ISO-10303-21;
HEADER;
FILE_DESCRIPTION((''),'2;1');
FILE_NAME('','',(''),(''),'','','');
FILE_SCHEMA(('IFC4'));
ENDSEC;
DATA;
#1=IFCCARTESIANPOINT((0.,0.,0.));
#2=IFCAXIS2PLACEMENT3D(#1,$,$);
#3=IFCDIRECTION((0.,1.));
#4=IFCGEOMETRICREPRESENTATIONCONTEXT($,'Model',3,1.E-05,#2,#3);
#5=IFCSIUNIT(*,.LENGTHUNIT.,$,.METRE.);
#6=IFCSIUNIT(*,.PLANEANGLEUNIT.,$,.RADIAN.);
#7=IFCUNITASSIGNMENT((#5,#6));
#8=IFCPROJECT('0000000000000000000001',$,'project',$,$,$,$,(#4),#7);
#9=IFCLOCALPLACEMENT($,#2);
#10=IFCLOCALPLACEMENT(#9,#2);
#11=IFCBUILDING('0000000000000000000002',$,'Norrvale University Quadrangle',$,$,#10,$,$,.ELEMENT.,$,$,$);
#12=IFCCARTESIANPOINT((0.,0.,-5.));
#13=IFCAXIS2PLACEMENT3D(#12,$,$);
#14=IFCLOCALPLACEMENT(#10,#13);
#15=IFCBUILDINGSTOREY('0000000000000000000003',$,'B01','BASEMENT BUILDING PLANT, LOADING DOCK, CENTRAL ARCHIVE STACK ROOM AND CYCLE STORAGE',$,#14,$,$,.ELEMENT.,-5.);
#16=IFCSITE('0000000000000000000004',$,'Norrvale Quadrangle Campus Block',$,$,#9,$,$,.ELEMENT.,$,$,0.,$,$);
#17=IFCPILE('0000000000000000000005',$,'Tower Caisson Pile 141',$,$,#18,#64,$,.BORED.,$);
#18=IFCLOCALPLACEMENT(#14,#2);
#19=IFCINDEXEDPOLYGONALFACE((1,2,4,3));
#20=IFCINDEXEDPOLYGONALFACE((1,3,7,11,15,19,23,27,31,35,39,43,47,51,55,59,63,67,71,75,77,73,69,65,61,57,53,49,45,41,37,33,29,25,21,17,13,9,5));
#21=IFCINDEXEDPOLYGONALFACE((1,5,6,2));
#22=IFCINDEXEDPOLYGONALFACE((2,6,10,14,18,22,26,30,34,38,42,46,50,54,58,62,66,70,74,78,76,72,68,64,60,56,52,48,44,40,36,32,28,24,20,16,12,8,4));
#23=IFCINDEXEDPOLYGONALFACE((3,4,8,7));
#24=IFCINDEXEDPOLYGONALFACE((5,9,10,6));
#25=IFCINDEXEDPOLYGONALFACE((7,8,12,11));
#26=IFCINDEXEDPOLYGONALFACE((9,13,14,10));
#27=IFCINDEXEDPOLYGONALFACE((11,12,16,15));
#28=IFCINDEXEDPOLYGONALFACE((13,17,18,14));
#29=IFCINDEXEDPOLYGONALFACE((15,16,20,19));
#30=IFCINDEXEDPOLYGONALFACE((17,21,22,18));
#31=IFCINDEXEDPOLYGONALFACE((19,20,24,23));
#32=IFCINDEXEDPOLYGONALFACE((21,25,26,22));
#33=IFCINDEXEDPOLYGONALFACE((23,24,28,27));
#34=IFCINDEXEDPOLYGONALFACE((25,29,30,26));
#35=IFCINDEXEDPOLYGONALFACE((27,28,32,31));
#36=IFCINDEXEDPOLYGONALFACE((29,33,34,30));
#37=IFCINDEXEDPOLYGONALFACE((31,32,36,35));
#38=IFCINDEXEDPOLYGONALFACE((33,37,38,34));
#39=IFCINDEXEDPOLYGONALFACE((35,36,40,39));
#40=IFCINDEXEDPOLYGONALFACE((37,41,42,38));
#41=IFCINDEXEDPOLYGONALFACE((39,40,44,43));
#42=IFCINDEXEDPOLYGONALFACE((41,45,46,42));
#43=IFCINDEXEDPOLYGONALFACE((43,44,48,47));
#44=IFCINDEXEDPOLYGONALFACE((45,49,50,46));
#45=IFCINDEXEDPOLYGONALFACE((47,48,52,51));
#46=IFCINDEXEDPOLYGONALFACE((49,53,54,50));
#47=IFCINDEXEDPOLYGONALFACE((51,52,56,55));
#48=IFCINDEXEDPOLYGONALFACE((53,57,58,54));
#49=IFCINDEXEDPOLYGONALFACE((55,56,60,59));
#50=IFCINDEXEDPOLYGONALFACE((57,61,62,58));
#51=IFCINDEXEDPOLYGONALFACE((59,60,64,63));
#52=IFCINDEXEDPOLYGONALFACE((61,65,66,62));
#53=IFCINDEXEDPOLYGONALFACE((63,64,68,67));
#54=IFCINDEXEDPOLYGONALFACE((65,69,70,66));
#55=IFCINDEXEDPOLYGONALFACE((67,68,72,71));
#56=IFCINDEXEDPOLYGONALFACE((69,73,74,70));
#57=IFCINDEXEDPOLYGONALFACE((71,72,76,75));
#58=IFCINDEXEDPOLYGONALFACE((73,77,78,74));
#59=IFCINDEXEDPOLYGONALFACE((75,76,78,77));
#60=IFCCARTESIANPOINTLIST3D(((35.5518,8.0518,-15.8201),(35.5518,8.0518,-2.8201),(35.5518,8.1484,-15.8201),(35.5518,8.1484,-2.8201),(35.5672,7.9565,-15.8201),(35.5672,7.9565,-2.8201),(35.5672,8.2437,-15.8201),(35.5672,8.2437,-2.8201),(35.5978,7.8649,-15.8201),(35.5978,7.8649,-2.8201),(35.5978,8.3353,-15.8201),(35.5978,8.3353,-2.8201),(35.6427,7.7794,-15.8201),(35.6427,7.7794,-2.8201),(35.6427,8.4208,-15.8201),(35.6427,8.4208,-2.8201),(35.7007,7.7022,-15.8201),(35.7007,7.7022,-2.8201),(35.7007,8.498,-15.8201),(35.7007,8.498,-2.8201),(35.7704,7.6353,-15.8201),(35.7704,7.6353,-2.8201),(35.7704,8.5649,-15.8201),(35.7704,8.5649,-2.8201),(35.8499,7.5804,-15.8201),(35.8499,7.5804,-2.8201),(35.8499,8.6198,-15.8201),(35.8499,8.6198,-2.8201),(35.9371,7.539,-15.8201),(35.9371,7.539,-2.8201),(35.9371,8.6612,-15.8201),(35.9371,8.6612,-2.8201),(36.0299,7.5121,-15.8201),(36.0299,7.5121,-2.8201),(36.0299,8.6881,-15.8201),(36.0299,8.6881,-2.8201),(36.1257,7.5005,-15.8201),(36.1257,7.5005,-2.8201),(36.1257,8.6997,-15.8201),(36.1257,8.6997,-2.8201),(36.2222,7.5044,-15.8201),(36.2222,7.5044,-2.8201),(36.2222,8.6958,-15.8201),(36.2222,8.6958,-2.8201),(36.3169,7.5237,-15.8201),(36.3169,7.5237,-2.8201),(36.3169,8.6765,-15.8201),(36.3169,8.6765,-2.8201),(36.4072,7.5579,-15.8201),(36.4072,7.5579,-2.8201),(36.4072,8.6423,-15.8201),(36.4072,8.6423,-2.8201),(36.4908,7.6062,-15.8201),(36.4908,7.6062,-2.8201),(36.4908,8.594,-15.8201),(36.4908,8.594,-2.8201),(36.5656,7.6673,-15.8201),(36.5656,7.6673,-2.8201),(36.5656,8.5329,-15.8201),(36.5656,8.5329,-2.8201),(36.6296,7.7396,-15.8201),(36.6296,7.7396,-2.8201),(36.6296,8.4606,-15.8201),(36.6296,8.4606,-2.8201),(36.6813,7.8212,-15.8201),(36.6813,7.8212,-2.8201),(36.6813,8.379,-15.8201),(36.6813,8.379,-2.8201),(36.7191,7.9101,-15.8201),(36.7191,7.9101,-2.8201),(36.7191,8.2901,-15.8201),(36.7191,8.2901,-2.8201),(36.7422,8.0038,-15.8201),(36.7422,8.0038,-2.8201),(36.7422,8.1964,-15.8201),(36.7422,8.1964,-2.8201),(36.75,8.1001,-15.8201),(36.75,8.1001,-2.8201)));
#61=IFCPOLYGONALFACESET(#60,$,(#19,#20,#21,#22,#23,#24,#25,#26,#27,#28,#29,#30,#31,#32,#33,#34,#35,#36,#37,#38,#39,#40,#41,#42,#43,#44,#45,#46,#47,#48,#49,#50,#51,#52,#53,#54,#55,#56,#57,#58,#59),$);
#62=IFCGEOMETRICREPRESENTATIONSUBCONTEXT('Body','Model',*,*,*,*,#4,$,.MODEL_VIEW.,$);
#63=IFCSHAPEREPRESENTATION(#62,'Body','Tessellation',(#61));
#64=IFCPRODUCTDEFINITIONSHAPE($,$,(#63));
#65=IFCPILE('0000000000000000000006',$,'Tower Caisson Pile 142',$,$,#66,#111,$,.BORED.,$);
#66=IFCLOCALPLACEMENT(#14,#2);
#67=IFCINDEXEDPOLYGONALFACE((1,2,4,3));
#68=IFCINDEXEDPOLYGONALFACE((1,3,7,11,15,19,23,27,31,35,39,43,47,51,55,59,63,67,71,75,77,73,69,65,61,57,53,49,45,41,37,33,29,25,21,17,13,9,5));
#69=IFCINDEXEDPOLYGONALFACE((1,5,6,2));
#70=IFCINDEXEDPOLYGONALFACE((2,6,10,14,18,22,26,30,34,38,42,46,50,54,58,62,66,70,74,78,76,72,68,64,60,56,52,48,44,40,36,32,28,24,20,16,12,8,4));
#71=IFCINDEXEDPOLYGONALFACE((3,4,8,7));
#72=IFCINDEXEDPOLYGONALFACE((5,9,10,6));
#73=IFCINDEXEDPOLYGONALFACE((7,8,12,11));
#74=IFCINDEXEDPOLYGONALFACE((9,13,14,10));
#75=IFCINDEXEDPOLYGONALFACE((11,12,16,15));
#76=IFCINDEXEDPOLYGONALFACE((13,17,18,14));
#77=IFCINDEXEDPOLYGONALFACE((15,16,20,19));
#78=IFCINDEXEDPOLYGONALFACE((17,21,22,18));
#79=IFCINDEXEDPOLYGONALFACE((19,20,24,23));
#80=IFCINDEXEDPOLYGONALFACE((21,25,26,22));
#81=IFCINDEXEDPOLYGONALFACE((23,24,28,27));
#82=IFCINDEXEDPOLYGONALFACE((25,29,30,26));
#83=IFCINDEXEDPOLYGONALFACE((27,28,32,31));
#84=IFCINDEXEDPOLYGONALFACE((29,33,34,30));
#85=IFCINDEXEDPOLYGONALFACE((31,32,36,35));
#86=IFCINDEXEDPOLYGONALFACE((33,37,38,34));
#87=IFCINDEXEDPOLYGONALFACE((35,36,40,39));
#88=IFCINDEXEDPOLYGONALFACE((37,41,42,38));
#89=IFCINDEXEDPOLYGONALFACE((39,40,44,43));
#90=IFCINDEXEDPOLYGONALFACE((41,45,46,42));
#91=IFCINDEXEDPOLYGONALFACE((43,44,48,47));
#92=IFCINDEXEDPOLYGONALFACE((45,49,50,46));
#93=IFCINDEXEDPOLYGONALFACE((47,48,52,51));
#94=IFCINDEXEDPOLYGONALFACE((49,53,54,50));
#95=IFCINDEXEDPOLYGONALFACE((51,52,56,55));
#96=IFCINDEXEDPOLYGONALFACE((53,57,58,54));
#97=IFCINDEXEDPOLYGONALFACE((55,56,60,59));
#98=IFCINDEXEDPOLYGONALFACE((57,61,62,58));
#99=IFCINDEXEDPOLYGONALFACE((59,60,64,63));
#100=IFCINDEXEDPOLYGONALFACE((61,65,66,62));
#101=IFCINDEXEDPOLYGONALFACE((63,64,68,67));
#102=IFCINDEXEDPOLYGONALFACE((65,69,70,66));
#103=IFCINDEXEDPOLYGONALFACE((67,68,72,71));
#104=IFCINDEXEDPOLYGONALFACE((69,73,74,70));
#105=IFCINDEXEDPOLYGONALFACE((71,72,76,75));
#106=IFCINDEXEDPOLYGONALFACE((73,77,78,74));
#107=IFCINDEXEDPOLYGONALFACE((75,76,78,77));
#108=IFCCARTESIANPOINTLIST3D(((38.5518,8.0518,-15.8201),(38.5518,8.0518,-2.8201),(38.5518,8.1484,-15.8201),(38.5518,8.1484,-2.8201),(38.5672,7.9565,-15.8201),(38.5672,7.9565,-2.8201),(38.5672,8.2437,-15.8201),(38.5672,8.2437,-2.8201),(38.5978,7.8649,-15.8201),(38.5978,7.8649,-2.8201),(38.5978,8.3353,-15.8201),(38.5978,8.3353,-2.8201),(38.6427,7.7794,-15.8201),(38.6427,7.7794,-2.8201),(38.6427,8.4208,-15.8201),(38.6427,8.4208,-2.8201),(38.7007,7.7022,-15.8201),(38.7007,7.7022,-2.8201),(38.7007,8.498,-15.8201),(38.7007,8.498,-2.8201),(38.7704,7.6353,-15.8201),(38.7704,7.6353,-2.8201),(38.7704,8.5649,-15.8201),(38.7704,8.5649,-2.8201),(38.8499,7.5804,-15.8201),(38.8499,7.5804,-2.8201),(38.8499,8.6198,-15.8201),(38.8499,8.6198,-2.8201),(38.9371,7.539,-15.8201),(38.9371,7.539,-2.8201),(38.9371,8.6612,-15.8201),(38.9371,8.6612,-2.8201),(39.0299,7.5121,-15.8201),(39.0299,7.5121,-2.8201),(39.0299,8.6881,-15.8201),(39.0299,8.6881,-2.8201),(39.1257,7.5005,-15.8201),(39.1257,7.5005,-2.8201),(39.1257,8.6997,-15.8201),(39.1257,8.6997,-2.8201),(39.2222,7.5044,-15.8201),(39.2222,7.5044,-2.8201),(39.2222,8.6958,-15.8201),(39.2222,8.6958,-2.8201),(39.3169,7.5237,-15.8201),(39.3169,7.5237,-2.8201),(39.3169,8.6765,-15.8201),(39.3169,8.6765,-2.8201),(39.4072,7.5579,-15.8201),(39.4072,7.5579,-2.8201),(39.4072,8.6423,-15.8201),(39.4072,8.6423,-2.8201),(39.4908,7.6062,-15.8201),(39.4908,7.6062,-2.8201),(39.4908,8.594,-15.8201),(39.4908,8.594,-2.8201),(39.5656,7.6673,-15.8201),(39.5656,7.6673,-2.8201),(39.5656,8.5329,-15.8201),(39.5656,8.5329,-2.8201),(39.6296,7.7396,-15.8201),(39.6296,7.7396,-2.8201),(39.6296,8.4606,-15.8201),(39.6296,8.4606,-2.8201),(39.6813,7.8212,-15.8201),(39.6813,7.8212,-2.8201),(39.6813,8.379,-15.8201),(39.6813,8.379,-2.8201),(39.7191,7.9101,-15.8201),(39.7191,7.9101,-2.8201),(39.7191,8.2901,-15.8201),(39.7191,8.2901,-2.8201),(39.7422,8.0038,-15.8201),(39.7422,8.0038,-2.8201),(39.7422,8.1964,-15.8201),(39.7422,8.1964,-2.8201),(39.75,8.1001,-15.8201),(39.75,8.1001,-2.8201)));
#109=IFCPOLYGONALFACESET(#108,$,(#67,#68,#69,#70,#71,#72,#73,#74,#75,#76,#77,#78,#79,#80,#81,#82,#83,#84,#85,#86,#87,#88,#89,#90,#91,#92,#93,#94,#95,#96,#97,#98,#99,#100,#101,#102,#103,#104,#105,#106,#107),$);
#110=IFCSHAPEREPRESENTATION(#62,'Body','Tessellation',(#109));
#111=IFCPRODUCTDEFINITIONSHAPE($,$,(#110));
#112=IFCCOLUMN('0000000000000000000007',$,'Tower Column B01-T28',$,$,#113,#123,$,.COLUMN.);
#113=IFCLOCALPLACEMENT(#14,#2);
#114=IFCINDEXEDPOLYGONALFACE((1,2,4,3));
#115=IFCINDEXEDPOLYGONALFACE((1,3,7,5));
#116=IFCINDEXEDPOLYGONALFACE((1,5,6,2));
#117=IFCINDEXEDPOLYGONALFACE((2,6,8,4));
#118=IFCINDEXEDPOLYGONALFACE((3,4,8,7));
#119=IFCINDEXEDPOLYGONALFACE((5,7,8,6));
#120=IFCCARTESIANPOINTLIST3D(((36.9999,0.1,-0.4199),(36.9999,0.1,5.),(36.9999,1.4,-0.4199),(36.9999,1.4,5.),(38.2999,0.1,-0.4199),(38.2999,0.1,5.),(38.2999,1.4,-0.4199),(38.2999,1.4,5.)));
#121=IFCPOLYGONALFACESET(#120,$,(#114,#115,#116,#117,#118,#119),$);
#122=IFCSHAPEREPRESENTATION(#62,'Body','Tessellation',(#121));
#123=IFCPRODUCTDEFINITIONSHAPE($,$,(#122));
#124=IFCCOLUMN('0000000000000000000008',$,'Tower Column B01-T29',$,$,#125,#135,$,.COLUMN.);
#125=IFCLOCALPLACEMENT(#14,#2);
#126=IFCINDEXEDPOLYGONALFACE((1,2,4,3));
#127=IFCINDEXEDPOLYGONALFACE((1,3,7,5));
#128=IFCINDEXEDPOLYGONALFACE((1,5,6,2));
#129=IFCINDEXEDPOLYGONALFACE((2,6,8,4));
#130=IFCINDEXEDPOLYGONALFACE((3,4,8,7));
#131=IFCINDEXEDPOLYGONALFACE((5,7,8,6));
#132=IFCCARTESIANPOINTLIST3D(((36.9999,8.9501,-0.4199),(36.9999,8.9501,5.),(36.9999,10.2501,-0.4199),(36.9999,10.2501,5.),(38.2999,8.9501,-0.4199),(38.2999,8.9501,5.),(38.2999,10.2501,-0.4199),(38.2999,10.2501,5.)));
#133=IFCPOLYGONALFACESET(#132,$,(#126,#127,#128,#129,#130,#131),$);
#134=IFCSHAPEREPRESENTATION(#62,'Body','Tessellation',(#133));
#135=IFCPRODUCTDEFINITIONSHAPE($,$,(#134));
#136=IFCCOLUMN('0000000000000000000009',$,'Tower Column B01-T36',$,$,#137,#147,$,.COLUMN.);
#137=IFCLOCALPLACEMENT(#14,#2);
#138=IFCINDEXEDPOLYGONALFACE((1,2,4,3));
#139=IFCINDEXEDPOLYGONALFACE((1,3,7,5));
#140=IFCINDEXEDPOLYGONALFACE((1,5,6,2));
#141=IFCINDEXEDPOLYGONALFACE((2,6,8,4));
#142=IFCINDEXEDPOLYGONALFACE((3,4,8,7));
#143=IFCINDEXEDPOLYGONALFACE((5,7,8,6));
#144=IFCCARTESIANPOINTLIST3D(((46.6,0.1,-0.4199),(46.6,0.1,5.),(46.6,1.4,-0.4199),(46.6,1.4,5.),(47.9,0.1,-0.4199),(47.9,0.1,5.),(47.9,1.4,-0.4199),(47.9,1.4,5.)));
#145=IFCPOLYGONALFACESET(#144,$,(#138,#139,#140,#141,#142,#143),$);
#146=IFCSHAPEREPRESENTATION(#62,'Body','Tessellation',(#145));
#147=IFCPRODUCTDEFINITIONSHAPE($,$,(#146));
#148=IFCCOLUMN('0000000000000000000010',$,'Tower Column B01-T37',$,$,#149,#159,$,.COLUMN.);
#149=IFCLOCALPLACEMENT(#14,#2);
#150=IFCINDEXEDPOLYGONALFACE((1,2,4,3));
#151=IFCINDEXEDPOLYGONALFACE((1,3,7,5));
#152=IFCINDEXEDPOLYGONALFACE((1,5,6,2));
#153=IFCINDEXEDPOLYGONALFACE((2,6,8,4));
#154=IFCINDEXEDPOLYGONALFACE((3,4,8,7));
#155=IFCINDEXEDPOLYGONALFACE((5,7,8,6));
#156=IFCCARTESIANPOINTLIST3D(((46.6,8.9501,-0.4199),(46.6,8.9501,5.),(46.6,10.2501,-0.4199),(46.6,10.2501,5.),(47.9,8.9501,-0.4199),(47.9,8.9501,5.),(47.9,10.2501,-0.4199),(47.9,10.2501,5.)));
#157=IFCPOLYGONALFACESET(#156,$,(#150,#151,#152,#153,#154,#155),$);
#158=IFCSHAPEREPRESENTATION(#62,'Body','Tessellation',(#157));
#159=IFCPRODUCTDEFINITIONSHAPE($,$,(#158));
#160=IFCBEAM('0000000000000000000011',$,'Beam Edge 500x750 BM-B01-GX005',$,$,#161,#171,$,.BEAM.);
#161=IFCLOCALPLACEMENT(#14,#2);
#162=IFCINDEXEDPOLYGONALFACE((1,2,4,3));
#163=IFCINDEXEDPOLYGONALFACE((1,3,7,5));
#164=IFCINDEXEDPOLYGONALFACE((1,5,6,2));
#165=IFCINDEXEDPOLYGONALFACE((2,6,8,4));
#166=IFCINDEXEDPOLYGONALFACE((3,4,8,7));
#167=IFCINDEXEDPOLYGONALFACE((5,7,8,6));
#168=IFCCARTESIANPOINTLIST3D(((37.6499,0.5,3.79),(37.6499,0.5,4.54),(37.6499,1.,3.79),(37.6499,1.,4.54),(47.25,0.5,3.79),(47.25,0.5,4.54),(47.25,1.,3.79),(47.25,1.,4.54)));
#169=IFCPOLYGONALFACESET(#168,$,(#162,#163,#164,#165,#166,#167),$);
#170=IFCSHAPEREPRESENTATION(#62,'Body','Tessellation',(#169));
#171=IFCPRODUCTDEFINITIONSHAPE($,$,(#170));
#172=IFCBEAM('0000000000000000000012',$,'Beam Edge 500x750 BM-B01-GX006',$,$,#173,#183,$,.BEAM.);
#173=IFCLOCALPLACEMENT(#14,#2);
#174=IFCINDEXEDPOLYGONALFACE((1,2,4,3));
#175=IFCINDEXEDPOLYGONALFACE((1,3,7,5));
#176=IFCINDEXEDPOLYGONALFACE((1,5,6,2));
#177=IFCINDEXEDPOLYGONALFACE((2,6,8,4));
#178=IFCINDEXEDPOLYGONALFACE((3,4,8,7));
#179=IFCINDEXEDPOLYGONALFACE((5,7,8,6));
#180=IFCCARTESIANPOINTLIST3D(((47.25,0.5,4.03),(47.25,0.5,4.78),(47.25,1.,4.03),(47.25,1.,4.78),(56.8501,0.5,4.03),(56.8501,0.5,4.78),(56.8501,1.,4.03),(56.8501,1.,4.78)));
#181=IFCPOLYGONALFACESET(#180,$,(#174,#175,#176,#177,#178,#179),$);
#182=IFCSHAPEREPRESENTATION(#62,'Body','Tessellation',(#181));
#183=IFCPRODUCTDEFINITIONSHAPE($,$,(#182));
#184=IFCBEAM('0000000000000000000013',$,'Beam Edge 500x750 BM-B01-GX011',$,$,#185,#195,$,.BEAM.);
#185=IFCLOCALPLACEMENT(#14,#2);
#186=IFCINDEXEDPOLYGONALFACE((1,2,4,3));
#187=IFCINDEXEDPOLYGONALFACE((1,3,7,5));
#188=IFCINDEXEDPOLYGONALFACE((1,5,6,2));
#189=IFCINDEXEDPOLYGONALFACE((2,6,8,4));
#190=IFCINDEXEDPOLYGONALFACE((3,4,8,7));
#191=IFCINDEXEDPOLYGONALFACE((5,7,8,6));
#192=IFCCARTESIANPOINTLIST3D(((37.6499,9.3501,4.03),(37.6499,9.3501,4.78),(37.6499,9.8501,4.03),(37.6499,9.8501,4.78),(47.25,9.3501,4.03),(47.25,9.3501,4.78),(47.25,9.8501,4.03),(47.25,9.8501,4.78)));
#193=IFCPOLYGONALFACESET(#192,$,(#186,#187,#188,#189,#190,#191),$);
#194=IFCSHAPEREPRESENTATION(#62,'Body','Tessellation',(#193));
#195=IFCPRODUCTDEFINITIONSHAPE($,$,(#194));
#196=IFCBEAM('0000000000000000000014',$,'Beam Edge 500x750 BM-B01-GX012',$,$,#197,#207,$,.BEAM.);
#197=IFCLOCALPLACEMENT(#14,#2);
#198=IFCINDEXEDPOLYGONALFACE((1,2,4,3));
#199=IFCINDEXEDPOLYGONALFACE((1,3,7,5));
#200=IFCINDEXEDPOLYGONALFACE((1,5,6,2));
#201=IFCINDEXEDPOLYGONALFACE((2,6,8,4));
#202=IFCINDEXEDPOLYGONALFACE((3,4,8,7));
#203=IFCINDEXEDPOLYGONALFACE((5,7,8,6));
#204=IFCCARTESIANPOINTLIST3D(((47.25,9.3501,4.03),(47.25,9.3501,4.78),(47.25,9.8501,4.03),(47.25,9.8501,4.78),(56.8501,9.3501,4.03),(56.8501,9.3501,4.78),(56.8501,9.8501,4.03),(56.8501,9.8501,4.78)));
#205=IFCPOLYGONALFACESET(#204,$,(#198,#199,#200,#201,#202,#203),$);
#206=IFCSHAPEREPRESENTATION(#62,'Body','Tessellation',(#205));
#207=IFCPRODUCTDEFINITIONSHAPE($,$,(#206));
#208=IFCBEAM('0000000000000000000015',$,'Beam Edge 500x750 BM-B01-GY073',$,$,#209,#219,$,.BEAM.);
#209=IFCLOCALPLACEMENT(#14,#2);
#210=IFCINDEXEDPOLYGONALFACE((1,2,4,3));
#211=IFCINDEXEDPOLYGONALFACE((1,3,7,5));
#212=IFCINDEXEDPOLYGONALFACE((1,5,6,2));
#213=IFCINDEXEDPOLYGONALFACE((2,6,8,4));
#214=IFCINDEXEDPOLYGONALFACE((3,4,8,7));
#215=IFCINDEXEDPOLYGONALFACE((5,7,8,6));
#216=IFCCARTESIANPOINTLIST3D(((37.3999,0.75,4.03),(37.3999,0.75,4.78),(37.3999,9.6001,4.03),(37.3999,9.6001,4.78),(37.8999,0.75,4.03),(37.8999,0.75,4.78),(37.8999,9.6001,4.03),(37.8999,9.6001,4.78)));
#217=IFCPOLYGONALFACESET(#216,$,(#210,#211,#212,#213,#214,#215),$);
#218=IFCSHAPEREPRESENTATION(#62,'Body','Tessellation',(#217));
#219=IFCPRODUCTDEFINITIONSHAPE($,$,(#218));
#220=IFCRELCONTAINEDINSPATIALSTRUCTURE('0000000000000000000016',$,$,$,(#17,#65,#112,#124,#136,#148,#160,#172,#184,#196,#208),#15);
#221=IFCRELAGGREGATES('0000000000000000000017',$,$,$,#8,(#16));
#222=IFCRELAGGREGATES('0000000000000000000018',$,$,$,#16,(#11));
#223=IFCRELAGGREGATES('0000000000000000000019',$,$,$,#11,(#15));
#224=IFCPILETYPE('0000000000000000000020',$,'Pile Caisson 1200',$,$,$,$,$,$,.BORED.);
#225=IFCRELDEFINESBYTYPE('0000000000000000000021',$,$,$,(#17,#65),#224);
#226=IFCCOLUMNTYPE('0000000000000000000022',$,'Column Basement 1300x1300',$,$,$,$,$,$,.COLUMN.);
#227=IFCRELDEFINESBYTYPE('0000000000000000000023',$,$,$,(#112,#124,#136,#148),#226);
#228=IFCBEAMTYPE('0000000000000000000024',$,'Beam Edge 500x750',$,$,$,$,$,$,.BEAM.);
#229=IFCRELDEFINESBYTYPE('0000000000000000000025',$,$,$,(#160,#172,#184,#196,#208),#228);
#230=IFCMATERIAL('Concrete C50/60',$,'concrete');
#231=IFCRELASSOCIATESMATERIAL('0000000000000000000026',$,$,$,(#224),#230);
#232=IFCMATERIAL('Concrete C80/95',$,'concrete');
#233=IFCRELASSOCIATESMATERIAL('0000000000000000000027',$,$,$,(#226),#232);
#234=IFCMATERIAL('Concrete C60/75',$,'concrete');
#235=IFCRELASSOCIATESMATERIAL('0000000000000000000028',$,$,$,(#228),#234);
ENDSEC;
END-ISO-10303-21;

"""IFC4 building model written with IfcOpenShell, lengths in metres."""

from ifc_helpers import new_model, si_unit, direction, frame, origin, origin_2d, place, context, subcontext, project, spatial, rectangle, circle, extrude, material, material_profile, profile_set, type_object, element, save


model = new_model("IFC4")

# Units and contexts
model_context = context("Model", 3, precision=1e-05, world=origin(), true_north=direction((0.0, 1.0)))
body_context = subcontext(model_context, "Body", "Model", "MODEL_VIEW")
ifc_project = project(units=[si_unit("LENGTHUNIT", "METRE"), si_unit("PLANEANGLEUNIT", "RADIAN")], contexts=[model_context])

# Site, building, storey
site_placement = place(None, origin())
site = spatial("IfcSite", under=ifc_project, at=site_placement, Name="Norrvale Quadrangle Campus Block", CompositionType="ELEMENT", RefElevation=0.0)
building_placement = place(site_placement, origin())
building = spatial("IfcBuilding", under=site, at=building_placement, Name="Norrvale University Quadrangle", CompositionType="ELEMENT")
storey_placement = place(building_placement, frame((0.0, 0.0, -5.0)))
storey = spatial("IfcBuildingStorey", under=building, at=storey_placement, Name="B01", Description="BASEMENT BUILDING PLANT, LOADING DOCK, CENTRAL ARCHIVE STACK ROOM AND CYCLE STORAGE", CompositionType="ELEMENT", Elevation=-5.0)

# Shared definitions
ifc_material_1 = material(Name="Concrete C50/60", Category="concrete")

# Piles
ifc_material_profile_1 = material_profile(ifc_material_1, circle(Radius=0.6001, at=origin_2d()), Name="Concrete C50/60")
ifc_profile_set_1 = profile_set([ifc_material_profile_1], Name="Concrete C50/60")
pile_type_1 = type_object("IfcPileType", Name="Pile Caisson 1200", PredefinedType="BORED", material=ifc_profile_set_1)
for number, where, z_axis, x_axis, name in (
    (1, (36.1499, 8.1001, -2.8201), (0.0, 0.0, -1.0), (1.0, 0.0, 0.0), "Tower Caisson Pile 141"),
    (2, (39.1499, 8.1001, -2.8201), (0.0, 0.0, -1.0), (1.0, 0.0, 0.0), "Tower Caisson Pile 142"),
):
    element("IfcPile", number, at=place(storey_placement, frame(where, z_axis=z_axis, x_axis=x_axis)), inside=storey, type_object=pile_type_1, Name=name, PredefinedType="BORED", context=body_context, shape_type="SweptSolid", body=[
        extrude(circle(Radius=0.6001, at=origin_2d()), origin(), (0.0, 0.0, 1.0), 13.0),
    ])

# Columns
ifc_material_2 = material(Name="Concrete C80/95", Category="concrete")
ifc_material_profile_2 = material_profile(ifc_material_2, rectangle(XDim=1.3, YDim=1.3, at=origin_2d()), Name="Concrete C80/95")
ifc_profile_set_2 = profile_set([ifc_material_profile_2], Name="Concrete C80/95")
column_type = type_object("IfcColumnType", Name="Column Basement 1300x1300", PredefinedType="COLUMN", material=ifc_profile_set_2)
for number, where, z_axis, x_axis, name in (
    (3, (37.6499, 0.75, -0.4199), (0.0, 0.0, 1.0), (1.0, 0.0, 0.0), "Tower Column B01-T28"),
    (4, (37.6499, 9.6001, -0.4199), (0.0, 0.0, 1.0), (1.0, 0.0, 0.0), "Tower Column B01-T29"),
    (5, (47.25, 0.75, -0.4199), (0.0, 0.0, 1.0), (1.0, 0.0, 0.0), "Tower Column B01-T36"),
    (6, (47.25, 9.6001, -0.4199), (0.0, 0.0, 1.0), (1.0, 0.0, 0.0), "Tower Column B01-T37"),
):
    element("IfcColumn", number, at=place(storey_placement, frame(where, z_axis=z_axis, x_axis=x_axis)), inside=storey, type_object=column_type, Name=name, PredefinedType="COLUMN", context=body_context, shape_type="SweptSolid", body=[
        extrude(rectangle(XDim=1.3, YDim=1.3, at=origin_2d()), origin(), (0.0, 0.0, 1.0), 5.4199),
    ])

# Beams
ifc_material_3 = material(Name="Concrete C60/75", Category="concrete")
ifc_material_profile_3 = material_profile(ifc_material_3, rectangle(XDim=0.5, YDim=0.75, at=origin_2d()), Name="Concrete C60/75")
ifc_profile_set_3 = profile_set([ifc_material_profile_3], Name="Concrete C60/75")
beam_type_1 = type_object("IfcBeamType", Name="Beam Edge 500x750", PredefinedType="BEAM", material=ifc_profile_set_3)
for number, where, z_axis, x_axis, name in (
    (7, (37.6499, 0.75, 4.165), (1.0, 0.0, 0.0), (0.0, 1.0, 0.0), "Beam Edge 500x750 BM-B01-GX005"),
    (8, (47.25, 0.75, 4.405), (1.0, 0.0, 0.0), (0.0, 1.0, 0.0), "Beam Edge 500x750 BM-B01-GX006"),
    (9, (37.6499, 9.6001, 4.405), (1.0, 0.0, 0.0), (0.0, 1.0, 0.0), "Beam Edge 500x750 BM-B01-GX011"),
    (10, (47.25, 9.6001, 4.405), (1.0, 0.0, 0.0), (0.0, 1.0, 0.0), "Beam Edge 500x750 BM-B01-GX012"),
):
    element("IfcBeam", number, at=place(storey_placement, frame(where, z_axis=z_axis, x_axis=x_axis)), inside=storey, type_object=beam_type_1, Name=name, PredefinedType="BEAM", context=body_context, shape_type="SweptSolid", body=[
        extrude(rectangle(XDim=0.5, YDim=0.75, at=origin_2d()), origin(), (0.0, 0.0, 1.0), 9.6001),
    ])
beam_1_placement = place(storey_placement, frame((37.6499, 0.75, 4.405), z_axis=(0.0, 1.0, 0.0), x_axis=(-1.0, 0.0, 0.0)))
element("IfcBeam", 11, at=beam_1_placement, inside=storey, type_object=beam_type_1, Name="Beam Edge 500x750 BM-B01-GY073", PredefinedType="BEAM", context=body_context, shape_type="SweptSolid", body=[
    extrude(rectangle(XDim=0.5, YDim=0.75, at=origin_2d()), origin(), (0.0, 0.0, 1.0), 8.8501),
])

save(model, "model.ifc")
